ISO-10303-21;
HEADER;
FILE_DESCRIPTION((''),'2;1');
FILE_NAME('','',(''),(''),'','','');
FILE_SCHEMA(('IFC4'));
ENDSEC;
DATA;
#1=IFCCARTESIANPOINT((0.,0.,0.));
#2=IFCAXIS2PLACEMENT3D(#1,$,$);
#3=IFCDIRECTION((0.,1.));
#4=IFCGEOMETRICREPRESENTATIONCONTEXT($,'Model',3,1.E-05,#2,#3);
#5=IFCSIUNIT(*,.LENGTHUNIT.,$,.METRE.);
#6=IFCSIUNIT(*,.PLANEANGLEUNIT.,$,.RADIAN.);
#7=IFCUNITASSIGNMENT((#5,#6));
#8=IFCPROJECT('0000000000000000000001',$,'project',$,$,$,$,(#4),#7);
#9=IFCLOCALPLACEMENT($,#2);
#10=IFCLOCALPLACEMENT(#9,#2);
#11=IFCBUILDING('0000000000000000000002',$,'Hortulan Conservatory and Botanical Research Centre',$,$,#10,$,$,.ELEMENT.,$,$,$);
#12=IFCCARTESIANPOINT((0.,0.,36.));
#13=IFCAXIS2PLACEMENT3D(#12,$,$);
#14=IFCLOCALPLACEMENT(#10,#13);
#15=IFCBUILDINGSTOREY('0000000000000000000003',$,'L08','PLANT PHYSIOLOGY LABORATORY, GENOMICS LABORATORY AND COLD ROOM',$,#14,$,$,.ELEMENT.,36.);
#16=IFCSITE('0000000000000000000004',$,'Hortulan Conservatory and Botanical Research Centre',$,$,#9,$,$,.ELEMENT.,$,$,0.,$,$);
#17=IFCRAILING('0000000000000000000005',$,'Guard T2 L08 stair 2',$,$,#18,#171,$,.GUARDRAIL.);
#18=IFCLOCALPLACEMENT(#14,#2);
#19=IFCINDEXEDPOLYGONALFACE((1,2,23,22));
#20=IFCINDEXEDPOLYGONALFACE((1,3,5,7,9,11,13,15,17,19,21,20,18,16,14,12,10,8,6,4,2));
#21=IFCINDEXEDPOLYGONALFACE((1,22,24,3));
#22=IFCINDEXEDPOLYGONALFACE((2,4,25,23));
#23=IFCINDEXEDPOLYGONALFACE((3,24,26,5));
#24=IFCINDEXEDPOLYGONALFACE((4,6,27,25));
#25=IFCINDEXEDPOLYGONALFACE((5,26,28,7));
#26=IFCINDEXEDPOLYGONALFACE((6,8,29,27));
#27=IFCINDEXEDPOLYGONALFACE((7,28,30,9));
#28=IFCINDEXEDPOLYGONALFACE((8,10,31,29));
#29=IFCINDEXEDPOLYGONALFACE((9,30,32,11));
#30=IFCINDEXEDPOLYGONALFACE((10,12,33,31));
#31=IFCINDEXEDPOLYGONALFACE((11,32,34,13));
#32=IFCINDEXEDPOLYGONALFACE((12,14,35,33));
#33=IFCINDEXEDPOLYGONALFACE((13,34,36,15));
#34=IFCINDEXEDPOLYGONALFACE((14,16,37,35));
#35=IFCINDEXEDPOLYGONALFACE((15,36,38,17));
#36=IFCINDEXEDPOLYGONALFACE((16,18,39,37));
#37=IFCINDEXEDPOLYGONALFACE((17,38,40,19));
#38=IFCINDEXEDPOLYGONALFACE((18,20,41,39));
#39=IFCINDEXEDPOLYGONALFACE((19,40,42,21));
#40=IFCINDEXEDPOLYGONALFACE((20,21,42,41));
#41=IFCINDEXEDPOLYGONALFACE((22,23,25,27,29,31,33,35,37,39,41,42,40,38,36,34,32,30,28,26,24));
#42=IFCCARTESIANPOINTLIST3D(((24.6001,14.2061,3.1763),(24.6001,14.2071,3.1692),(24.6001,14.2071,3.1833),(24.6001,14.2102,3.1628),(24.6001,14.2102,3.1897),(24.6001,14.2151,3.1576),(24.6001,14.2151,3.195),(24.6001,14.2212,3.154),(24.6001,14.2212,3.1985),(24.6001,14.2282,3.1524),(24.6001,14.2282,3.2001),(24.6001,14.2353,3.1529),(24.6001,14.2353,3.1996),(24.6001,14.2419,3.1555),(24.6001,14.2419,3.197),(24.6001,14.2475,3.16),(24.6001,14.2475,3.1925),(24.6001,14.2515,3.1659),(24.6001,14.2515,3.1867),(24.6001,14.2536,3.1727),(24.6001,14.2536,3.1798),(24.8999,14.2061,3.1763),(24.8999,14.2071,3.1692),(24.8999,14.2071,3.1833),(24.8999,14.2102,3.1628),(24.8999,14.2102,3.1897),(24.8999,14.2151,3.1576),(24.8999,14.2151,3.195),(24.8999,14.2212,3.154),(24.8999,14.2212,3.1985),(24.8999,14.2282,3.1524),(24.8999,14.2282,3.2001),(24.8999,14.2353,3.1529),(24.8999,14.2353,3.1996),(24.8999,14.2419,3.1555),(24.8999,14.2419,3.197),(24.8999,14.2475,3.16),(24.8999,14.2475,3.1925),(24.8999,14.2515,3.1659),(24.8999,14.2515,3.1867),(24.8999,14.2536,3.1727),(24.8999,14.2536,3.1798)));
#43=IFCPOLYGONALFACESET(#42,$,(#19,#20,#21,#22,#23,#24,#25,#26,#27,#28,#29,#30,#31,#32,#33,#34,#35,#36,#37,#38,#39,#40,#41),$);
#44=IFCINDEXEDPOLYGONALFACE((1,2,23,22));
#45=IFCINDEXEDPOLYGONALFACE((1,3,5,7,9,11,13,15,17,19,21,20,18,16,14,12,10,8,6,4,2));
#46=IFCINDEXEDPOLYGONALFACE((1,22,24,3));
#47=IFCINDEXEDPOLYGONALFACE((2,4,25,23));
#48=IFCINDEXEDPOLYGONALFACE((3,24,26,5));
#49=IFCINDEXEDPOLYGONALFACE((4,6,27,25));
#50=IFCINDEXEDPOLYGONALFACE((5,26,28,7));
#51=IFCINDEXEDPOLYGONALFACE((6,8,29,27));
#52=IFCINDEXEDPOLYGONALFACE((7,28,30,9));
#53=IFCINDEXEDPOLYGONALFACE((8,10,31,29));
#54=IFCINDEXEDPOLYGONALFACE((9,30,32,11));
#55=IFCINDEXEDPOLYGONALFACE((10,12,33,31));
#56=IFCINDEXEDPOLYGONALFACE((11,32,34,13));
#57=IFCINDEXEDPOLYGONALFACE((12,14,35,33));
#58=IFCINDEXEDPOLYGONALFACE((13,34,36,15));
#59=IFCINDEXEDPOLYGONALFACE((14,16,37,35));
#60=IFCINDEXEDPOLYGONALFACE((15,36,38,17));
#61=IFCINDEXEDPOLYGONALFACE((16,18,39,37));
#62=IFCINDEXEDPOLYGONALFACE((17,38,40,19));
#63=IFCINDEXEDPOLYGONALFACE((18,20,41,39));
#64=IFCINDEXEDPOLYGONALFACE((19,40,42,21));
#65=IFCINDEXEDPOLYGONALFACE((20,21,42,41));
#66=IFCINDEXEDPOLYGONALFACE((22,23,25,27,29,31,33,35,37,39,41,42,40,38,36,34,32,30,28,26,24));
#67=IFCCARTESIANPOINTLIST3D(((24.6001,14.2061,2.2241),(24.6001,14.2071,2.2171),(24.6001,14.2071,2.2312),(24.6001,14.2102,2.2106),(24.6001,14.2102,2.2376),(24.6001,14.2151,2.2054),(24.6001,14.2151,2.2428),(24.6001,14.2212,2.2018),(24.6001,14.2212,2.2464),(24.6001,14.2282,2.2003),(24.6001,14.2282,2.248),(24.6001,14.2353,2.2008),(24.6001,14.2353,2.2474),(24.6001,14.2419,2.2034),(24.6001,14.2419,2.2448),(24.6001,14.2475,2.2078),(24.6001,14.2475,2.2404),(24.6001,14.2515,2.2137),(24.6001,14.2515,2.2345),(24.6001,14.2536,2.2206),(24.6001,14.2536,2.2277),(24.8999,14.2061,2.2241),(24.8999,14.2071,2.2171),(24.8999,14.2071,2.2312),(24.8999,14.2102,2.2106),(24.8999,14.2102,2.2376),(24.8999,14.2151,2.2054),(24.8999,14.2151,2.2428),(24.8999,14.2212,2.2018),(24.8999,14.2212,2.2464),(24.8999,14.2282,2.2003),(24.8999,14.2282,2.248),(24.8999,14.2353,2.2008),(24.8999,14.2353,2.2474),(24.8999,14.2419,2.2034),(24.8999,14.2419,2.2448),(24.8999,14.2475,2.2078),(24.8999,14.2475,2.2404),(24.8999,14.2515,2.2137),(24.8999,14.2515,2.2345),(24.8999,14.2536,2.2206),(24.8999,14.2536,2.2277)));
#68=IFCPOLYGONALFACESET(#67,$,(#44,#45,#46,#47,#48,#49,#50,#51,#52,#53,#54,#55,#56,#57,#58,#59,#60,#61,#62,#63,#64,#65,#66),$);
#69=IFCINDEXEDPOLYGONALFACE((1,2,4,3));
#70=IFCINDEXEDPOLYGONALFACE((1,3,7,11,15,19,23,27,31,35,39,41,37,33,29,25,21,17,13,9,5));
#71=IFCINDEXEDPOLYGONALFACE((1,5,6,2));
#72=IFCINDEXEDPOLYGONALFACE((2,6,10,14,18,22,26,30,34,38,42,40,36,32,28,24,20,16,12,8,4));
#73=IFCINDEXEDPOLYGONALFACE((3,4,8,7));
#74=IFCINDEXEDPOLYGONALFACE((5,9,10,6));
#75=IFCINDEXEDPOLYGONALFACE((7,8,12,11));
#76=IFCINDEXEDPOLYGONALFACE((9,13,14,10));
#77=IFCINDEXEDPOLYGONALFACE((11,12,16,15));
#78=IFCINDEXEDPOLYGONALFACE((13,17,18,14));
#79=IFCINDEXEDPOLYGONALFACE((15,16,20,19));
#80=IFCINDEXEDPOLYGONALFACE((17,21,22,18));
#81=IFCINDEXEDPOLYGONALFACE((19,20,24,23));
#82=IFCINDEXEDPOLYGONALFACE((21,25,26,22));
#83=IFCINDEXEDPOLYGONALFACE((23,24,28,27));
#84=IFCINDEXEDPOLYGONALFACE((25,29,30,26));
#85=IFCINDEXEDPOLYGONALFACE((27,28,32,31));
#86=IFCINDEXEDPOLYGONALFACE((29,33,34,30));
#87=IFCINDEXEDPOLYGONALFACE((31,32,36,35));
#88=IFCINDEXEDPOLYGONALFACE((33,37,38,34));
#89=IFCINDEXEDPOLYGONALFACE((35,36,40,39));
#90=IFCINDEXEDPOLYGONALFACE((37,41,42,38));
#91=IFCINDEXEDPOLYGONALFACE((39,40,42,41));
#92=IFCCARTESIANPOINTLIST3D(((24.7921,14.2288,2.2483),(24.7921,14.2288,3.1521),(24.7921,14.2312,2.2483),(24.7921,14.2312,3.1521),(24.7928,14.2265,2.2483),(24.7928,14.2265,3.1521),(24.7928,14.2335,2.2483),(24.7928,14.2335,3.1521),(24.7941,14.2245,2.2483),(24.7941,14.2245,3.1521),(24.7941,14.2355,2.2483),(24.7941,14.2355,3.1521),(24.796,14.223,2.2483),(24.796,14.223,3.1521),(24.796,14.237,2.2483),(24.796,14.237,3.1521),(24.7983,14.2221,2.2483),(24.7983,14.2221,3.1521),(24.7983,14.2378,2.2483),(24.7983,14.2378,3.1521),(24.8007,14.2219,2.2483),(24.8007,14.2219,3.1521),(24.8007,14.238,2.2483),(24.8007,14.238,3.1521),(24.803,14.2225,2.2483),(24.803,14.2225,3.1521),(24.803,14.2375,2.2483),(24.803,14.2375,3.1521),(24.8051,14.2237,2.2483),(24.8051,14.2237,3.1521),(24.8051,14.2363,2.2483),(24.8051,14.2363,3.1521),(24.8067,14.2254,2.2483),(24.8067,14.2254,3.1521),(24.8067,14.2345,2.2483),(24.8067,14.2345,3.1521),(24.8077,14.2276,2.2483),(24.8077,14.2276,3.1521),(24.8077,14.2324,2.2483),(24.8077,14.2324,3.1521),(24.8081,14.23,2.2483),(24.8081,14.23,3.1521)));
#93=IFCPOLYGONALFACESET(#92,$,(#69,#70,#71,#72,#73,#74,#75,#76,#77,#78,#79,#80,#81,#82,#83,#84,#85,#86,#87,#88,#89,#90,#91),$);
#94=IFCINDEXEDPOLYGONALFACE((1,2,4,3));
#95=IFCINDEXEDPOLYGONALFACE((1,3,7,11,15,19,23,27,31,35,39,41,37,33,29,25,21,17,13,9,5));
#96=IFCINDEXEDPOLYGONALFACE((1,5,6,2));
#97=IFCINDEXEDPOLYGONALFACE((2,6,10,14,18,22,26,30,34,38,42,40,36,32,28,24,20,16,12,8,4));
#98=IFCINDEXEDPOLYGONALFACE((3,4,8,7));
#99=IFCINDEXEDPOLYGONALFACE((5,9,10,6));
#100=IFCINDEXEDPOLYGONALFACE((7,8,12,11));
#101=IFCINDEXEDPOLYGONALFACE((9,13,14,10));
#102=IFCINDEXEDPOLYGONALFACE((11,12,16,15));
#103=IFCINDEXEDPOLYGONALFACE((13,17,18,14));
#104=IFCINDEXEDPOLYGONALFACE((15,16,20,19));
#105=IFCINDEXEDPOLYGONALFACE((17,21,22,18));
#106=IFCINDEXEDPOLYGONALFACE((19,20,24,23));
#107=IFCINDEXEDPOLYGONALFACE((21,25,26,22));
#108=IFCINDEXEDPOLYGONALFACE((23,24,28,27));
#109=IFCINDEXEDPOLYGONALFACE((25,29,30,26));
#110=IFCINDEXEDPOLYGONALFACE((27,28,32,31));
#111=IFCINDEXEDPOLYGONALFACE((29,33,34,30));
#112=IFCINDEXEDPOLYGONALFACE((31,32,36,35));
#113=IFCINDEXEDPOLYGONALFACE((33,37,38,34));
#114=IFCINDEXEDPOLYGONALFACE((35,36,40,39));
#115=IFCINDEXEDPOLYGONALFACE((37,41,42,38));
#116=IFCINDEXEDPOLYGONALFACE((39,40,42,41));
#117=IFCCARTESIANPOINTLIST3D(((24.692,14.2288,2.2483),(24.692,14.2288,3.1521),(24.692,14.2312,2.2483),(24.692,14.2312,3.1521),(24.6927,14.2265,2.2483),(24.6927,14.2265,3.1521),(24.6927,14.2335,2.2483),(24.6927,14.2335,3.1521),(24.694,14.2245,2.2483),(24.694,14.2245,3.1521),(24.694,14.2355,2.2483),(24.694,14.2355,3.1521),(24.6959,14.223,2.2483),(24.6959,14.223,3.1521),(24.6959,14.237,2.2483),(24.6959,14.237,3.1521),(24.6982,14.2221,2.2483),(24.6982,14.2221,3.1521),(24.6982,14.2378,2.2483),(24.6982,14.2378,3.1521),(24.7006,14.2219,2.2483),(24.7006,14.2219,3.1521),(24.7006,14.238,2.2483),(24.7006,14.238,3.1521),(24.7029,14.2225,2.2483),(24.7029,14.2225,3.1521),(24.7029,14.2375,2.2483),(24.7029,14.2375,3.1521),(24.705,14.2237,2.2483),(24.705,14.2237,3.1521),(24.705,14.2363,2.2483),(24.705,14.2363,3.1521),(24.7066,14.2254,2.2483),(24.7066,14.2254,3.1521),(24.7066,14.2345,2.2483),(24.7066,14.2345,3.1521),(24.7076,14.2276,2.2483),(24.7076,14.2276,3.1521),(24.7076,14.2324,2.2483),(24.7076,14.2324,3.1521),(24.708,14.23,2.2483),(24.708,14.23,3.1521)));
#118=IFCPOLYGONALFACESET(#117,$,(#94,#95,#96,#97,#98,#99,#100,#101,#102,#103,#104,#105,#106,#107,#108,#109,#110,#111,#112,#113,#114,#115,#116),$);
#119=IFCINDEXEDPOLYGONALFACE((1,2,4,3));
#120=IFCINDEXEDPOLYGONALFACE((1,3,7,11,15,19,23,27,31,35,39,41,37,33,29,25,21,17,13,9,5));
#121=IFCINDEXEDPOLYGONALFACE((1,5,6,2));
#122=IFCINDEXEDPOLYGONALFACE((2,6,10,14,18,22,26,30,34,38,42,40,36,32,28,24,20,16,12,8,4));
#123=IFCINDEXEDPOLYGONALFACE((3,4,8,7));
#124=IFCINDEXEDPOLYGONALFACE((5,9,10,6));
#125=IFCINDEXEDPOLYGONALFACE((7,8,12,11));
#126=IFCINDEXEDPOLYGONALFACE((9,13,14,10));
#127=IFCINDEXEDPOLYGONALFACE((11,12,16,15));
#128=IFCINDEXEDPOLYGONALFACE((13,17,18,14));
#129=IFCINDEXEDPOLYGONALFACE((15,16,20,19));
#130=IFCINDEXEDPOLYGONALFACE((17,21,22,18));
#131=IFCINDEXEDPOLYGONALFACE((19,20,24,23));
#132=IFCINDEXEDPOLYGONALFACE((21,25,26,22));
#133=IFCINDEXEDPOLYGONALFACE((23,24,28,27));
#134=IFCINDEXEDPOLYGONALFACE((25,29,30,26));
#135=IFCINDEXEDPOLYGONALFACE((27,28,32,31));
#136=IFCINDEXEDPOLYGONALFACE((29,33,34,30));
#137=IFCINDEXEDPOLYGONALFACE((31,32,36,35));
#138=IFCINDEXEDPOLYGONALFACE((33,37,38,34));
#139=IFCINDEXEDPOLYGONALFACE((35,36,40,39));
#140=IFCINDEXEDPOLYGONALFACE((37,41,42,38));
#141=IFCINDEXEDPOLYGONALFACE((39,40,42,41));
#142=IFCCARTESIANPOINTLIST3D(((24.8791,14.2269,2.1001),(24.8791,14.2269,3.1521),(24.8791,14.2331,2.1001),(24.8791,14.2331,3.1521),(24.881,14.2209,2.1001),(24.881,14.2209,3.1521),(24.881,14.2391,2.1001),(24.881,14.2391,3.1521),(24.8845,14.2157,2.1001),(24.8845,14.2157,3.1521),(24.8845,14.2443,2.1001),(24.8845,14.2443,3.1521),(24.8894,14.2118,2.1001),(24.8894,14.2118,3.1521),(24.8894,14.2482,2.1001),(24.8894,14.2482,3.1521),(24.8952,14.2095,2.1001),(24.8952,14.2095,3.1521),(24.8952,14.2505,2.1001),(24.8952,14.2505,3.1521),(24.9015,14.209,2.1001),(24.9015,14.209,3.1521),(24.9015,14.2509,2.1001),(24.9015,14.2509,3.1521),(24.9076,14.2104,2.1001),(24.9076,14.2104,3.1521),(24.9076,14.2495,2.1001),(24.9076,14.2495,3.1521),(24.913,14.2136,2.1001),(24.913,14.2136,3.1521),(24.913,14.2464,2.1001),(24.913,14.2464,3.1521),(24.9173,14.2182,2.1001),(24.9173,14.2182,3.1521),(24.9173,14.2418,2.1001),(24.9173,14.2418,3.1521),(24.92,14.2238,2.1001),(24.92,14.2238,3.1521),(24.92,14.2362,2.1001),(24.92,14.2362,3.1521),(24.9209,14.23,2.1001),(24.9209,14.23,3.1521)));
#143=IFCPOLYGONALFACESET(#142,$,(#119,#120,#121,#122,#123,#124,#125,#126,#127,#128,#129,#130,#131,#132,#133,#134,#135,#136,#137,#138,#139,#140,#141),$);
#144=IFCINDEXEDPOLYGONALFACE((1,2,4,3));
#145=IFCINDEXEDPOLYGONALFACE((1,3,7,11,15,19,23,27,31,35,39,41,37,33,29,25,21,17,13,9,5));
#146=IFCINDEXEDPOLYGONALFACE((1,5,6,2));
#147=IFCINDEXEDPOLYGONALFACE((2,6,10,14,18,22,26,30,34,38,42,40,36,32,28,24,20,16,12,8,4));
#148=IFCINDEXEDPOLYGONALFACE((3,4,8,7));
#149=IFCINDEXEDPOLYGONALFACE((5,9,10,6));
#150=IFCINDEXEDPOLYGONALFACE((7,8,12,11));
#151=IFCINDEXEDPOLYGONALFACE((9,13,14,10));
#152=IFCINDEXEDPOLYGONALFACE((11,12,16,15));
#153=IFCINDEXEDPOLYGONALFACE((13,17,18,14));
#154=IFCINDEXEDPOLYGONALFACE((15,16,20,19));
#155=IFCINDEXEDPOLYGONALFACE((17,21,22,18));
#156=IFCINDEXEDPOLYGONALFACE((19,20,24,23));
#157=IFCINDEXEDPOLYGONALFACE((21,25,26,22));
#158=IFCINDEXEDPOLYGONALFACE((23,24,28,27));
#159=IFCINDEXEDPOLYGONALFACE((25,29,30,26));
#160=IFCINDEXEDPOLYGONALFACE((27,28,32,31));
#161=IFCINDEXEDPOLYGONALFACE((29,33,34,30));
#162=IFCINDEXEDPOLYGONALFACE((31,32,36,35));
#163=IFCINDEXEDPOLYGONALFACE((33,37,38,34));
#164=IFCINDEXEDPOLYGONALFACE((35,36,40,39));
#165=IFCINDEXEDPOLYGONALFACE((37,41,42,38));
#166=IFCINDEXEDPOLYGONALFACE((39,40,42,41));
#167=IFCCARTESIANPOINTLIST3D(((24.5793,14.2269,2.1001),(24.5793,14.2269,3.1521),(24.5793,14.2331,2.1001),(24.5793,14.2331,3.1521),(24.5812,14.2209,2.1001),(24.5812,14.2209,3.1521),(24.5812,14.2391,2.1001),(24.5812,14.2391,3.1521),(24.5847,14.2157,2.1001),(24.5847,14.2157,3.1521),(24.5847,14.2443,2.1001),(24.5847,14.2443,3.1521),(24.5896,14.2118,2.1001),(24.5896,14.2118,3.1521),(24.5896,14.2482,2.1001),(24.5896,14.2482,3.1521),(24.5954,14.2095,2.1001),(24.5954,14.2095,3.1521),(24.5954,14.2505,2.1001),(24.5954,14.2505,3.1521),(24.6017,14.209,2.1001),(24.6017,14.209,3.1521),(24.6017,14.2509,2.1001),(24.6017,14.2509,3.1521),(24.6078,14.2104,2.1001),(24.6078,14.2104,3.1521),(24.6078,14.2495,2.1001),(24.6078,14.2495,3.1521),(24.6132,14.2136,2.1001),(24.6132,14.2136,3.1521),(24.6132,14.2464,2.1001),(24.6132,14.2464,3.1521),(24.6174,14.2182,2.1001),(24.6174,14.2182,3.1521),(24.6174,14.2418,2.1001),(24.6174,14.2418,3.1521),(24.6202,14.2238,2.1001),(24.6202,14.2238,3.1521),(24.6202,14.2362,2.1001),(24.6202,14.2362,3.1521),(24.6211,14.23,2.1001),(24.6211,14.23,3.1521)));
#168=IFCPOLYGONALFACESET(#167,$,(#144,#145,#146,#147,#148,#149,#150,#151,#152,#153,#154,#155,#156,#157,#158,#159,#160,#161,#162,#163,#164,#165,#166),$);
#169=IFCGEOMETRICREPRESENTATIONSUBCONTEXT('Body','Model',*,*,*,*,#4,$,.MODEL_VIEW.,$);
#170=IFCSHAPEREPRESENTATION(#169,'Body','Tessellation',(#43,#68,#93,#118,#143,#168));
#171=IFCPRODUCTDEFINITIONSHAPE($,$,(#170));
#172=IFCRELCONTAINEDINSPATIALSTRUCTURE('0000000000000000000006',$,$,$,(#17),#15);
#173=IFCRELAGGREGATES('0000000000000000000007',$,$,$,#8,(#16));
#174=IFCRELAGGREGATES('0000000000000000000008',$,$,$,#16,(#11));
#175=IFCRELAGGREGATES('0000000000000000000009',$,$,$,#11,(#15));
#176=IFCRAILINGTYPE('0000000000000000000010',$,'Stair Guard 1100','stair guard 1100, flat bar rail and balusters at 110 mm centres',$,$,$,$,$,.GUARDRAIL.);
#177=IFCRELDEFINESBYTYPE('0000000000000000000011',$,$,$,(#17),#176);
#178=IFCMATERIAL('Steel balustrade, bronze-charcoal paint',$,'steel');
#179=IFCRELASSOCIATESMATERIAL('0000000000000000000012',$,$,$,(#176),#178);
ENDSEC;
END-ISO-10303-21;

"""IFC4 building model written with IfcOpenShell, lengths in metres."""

from ifc_helpers import new_model, si_unit, direction, frame, origin, origin_2d, place, context, subcontext, project, spatial, circle, extrude, material, type_object, element, save


model = new_model("IFC4")

# Units and contexts
model_context = context("Model", 3, precision=1e-05, world=origin(), true_north=direction((0.0, 1.0)))
body_context = subcontext(model_context, "Body", "Model", "MODEL_VIEW")
ifc_project = project(units=[si_unit("LENGTHUNIT", "METRE"), si_unit("PLANEANGLEUNIT", "RADIAN")], contexts=[model_context])

# Site, building, storey
site_placement = place(None, origin())
site = spatial("IfcSite", under=ifc_project, at=site_placement, Name="Hortulan Conservatory and Botanical Research Centre", CompositionType="ELEMENT", RefElevation=0.0)
building_placement = place(site_placement, origin())
building = spatial("IfcBuilding", under=site, at=building_placement, Name="Hortulan Conservatory and Botanical Research Centre", CompositionType="ELEMENT")
storey_placement = place(building_placement, frame((0.0, 0.0, 36.0)))
storey = spatial("IfcBuildingStorey", under=building, at=storey_placement, Name="L08", Description="PLANT PHYSIOLOGY LABORATORY, GENOMICS LABORATORY AND COLD ROOM", CompositionType="ELEMENT", Elevation=36.0)

# Railing
ifc_material_1 = material(Name="Steel balustrade, bronze-charcoal paint", Category="steel")
railing_type_1 = type_object("IfcRailingType", Name="Stair Guard 1100", Description="stair guard 1100, flat bar rail and balusters at 110 mm centres", PredefinedType="GUARDRAIL", material=ifc_material_1)
railing_1_placement = place(storey_placement, frame((24.8999, 14.23, 2.1001)))
element("IfcRailing", 1, at=railing_1_placement, inside=storey, type_object=railing_type_1, Name="Guard T2 L08 stair 2", PredefinedType="GUARDRAIL", context=body_context, shape_type="SweptSolid", body=[
    extrude(circle(Radius=0.0239, at=origin_2d()), frame((0.0, 0.0, 1.0762), z_axis=(-1.0, 0.0, 0.0), x_axis=(0.0, -1.0, 0.0)), (0.0, 0.0, 1.0), 0.2998),
    extrude(circle(Radius=0.0239, at=origin_2d()), frame((0.0, 0.0, 0.124), z_axis=(-1.0, 0.0, 0.0), x_axis=(0.0, -1.0, 0.0)), (0.0, 0.0, 1.0), 0.2998),
    extrude(circle(Radius=0.0081, at=origin_2d()), frame((-0.0999, 0.0, 0.1482)), (0.0, 0.0, 1.0), 0.9038),
    extrude(circle(Radius=0.0081, at=origin_2d()), frame((-0.2, 0.0, 0.1482)), (0.0, 0.0, 1.0), 0.9038),
    extrude(circle(Radius=0.021, at=origin_2d()), origin(), (0.0, 0.0, 1.0), 1.052),
    extrude(circle(Radius=0.021, at=origin_2d()), frame((-0.2998, 0.0, 0.0)), (0.0, 0.0, 1.0), 1.052),
])

save(model, "model.ifc")
